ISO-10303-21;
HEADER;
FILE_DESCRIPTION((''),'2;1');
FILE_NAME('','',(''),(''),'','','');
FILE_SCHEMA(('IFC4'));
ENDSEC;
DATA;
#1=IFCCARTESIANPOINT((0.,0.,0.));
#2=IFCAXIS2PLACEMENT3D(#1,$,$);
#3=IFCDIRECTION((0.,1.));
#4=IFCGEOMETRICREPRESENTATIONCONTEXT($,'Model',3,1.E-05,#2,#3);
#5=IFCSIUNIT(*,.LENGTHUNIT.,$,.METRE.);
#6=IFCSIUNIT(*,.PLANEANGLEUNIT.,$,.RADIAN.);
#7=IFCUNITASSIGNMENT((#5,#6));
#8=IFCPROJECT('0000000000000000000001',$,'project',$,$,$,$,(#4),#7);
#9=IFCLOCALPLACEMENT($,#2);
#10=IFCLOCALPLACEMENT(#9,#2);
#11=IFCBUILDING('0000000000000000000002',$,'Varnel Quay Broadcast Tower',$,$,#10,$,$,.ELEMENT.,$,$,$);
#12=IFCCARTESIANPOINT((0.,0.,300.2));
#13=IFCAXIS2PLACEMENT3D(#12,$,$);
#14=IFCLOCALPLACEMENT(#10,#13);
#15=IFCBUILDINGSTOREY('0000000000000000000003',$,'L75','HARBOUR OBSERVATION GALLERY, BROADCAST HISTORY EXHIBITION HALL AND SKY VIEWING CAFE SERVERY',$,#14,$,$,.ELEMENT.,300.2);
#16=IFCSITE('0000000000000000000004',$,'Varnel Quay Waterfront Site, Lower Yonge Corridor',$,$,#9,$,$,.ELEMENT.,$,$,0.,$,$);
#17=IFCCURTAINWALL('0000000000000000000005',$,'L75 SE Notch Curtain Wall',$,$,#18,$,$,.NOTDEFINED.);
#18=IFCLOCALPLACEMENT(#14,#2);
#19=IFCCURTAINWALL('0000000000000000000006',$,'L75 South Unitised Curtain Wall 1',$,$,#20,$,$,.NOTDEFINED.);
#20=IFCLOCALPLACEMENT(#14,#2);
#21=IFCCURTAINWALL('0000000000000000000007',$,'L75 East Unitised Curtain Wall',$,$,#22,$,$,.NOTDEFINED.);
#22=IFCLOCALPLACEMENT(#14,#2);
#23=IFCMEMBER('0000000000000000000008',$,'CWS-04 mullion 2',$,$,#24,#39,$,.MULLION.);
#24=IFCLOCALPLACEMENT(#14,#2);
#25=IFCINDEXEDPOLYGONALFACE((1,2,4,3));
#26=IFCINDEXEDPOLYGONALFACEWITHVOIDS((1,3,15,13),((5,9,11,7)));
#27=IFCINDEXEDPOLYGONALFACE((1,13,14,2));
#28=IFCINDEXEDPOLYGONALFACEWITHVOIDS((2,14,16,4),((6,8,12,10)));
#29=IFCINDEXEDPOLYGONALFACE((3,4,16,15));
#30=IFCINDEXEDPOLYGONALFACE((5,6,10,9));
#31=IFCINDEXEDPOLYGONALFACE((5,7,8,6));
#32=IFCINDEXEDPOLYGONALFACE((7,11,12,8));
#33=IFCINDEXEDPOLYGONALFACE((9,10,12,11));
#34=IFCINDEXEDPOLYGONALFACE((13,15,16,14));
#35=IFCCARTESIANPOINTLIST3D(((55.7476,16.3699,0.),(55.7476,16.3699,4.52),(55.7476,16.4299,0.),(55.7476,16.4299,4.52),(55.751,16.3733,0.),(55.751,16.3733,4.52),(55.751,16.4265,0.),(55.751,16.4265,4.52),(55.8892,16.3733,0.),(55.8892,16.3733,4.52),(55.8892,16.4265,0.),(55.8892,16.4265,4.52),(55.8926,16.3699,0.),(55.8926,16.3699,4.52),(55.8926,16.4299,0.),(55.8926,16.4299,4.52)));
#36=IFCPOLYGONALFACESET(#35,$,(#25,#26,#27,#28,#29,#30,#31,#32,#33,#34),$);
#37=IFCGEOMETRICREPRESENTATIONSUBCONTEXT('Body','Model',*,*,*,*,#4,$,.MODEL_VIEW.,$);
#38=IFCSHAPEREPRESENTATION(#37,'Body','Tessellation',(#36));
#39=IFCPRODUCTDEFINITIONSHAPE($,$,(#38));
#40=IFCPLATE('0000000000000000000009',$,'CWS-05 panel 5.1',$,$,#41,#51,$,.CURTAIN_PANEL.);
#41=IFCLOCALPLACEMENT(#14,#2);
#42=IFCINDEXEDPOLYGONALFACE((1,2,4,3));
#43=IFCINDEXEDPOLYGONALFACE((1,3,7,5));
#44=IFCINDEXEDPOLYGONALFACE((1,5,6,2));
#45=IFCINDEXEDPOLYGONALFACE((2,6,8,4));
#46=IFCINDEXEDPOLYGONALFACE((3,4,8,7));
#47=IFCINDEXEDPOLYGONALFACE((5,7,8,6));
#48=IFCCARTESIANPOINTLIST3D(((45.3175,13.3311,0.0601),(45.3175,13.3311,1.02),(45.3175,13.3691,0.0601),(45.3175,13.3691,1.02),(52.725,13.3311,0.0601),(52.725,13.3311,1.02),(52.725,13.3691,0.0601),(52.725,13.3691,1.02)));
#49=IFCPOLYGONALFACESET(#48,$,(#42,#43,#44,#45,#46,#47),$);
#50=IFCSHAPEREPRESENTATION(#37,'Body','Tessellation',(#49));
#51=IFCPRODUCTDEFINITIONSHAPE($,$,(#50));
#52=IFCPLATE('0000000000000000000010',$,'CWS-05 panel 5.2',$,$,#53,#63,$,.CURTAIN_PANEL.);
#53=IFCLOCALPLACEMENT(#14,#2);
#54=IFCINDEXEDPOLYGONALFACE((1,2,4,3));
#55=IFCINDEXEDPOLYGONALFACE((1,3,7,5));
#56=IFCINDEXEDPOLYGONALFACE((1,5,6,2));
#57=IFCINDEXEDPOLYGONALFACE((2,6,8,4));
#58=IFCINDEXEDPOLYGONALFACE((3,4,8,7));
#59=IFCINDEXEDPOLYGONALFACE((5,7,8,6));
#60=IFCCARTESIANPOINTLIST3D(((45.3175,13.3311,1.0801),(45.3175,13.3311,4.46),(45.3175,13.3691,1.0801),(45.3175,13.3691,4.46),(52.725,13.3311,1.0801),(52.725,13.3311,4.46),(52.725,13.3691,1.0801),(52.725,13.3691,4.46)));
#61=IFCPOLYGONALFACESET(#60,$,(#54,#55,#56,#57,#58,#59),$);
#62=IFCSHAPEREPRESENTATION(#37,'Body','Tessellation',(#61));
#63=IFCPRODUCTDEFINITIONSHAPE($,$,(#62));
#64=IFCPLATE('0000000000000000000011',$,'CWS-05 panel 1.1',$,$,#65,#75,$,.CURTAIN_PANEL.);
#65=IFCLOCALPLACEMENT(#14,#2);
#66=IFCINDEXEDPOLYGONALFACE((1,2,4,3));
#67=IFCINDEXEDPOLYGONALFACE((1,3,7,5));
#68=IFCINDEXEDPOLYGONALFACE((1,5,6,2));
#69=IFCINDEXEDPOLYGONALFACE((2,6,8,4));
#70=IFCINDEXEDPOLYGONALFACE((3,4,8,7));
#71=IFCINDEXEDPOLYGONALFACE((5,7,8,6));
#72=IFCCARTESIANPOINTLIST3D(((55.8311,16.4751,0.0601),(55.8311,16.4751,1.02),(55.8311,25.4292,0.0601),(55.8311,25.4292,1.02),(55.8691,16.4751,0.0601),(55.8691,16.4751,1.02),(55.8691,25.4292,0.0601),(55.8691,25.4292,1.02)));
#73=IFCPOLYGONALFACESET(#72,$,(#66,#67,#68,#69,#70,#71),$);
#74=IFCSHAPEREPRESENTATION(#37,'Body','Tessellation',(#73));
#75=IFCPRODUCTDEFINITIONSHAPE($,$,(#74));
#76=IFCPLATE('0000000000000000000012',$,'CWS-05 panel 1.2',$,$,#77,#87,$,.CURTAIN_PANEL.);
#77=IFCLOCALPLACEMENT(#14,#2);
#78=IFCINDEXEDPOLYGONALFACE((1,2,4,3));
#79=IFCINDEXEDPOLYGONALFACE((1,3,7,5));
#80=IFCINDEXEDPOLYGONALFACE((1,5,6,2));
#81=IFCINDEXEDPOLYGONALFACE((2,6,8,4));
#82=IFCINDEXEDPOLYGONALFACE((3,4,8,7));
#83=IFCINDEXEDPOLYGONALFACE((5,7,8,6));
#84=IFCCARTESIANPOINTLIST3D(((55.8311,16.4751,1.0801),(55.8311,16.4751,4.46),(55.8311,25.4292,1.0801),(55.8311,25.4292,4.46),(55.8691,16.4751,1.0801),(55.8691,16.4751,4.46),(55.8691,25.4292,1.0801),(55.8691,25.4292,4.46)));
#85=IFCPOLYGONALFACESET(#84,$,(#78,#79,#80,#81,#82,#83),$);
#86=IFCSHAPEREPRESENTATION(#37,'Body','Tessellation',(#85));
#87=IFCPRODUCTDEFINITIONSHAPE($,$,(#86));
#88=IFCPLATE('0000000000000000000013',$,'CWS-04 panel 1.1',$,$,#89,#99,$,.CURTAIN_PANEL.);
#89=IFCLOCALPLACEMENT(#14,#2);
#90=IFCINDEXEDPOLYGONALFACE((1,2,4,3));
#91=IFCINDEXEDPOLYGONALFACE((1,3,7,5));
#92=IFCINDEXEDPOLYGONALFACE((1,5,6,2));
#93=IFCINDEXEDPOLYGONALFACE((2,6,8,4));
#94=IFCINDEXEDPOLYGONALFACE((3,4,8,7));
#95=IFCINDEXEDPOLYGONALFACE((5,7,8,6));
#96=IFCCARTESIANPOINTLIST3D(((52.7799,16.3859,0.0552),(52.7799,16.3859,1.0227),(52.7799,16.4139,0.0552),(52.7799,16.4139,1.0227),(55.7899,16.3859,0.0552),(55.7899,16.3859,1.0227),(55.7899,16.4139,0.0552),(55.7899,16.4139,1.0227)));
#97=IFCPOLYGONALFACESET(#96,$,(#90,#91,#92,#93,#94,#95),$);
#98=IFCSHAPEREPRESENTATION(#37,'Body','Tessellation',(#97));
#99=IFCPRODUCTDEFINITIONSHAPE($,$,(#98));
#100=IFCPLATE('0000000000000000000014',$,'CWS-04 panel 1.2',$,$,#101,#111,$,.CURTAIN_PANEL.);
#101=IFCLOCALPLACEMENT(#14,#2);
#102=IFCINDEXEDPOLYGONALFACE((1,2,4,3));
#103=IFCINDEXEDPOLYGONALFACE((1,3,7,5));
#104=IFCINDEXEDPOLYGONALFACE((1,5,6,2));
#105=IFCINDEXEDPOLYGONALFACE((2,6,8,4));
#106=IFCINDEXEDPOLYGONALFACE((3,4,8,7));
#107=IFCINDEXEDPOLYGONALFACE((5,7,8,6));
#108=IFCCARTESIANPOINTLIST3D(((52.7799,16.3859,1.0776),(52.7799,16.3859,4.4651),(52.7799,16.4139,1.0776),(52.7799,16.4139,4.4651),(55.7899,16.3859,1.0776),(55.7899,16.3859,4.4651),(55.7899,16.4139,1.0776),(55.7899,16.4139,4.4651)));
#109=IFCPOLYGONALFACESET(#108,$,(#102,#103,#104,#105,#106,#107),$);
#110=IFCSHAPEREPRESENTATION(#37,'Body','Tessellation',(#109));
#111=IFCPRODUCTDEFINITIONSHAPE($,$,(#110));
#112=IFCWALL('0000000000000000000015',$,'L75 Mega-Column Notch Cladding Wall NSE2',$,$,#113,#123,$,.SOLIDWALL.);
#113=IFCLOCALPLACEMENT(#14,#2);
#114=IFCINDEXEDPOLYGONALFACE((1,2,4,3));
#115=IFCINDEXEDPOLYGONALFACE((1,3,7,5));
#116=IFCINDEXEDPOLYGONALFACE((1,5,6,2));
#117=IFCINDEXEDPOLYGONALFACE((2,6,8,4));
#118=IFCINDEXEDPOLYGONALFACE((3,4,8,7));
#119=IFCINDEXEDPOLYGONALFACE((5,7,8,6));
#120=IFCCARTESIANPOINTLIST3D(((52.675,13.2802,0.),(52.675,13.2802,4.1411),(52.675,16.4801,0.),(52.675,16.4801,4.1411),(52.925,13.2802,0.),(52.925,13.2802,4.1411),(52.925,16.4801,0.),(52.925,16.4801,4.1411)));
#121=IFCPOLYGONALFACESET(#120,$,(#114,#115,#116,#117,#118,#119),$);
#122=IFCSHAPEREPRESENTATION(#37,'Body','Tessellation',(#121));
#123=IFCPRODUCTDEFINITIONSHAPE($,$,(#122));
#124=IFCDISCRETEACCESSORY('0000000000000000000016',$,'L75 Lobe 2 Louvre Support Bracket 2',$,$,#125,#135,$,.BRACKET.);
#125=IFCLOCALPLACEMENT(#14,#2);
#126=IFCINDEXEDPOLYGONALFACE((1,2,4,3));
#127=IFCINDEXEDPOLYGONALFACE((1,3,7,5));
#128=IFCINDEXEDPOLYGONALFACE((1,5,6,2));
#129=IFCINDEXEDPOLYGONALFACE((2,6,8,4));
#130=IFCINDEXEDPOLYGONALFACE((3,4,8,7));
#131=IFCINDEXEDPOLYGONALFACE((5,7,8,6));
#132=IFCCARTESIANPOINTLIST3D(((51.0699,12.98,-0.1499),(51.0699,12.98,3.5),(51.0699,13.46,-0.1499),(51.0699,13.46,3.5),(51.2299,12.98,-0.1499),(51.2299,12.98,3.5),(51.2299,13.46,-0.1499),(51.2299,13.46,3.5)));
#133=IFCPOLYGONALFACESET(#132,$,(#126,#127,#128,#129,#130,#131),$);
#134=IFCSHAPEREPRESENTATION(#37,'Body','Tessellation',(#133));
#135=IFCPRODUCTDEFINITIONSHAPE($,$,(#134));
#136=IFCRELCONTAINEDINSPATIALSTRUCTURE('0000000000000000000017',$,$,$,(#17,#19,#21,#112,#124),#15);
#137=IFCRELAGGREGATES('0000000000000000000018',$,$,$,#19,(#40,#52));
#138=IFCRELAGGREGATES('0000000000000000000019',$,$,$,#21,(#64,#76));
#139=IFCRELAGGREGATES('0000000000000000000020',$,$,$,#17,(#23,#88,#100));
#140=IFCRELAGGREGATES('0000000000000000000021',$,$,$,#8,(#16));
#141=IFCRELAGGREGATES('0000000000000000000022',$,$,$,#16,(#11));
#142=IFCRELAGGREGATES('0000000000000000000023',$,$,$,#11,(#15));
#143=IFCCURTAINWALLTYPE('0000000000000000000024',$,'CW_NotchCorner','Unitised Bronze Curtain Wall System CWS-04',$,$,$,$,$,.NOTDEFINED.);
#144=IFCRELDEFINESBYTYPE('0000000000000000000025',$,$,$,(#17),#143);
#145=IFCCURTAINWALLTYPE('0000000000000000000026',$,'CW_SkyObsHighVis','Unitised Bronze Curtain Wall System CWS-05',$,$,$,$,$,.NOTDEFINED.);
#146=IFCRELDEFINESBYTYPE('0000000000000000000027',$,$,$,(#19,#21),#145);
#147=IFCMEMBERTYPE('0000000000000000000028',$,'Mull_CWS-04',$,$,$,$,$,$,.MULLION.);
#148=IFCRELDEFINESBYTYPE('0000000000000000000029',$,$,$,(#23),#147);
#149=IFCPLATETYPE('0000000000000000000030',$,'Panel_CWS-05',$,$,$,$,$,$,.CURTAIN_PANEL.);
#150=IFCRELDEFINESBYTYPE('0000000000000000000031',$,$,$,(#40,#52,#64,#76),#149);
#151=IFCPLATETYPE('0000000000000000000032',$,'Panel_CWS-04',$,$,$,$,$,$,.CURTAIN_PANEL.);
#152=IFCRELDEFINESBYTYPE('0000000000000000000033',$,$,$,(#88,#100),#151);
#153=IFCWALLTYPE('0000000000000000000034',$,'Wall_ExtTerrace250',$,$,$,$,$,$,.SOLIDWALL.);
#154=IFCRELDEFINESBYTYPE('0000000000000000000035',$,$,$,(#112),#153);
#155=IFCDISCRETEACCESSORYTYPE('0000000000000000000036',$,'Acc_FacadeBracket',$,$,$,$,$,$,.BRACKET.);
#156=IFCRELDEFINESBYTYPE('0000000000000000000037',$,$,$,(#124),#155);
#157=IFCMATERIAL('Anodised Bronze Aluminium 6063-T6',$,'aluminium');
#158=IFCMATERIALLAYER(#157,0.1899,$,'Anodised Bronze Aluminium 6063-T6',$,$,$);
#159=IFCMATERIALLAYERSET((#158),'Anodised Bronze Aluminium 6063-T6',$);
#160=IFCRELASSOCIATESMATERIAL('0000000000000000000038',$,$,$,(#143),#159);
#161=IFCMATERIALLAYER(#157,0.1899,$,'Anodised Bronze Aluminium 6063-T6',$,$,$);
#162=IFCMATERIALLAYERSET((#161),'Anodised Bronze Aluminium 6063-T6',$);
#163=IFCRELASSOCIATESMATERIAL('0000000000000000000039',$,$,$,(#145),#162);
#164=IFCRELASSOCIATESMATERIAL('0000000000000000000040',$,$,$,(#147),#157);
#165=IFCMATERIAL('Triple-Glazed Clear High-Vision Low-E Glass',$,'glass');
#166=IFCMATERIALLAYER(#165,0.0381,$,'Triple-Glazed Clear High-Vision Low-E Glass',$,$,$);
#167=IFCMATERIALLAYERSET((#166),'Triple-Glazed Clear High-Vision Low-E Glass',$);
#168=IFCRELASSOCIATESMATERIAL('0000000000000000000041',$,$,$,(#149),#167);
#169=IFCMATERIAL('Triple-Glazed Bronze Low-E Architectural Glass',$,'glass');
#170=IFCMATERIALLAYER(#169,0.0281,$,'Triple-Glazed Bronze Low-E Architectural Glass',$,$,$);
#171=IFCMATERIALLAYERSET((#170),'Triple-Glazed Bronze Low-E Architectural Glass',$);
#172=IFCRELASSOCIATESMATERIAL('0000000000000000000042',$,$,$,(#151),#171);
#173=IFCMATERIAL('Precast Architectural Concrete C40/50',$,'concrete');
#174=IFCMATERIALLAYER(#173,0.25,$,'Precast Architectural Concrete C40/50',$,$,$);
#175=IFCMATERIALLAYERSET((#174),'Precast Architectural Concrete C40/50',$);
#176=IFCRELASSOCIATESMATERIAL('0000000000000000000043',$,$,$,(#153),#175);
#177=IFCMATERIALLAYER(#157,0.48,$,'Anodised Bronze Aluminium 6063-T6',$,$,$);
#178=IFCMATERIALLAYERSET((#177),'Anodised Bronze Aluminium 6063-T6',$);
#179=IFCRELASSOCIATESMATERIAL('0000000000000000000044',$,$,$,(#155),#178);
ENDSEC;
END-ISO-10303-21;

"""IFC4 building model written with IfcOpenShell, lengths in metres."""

from ifc_helpers import new_model, si_unit, direction, frame, frame_2d, origin, origin_2d, place, context, subcontext, project, spatial, rectangle, hollow_rectangle, extrude, source, transform, mapped, material, layer, layer_set, material_profile, profile_set, type_object, type_shapes, element, aggregate, save


model = new_model("IFC4")

# Units and contexts
model_context = context("Model", 3, precision=1e-05, world=origin(), true_north=direction((0.0, 1.0)))
body_context = subcontext(model_context, "Body", "Model", "MODEL_VIEW")
ifc_project = project(units=[si_unit("LENGTHUNIT", "METRE"), si_unit("PLANEANGLEUNIT", "RADIAN")], contexts=[model_context])

# Site, building, storey
site_placement = place(None, origin())
site = spatial("IfcSite", under=ifc_project, at=site_placement, Name="Varnel Quay Waterfront Site, Lower Yonge Corridor", CompositionType="ELEMENT", RefElevation=0.0)
building_placement = place(site_placement, origin())
building = spatial("IfcBuilding", under=site, at=building_placement, Name="Varnel Quay Broadcast Tower", CompositionType="ELEMENT")
storey_placement = place(building_placement, frame((0.0, 0.0, 300.2)))
storey = spatial("IfcBuildingStorey", under=building, at=storey_placement, Name="L75", Description="HARBOUR OBSERVATION GALLERY, BROADCAST HISTORY EXHIBITION HALL AND SKY VIEWING CAFE SERVERY", CompositionType="ELEMENT", Elevation=300.2)

# Curtain wall
ifc_material_1 = material(Name="Anodised Bronze Aluminium 6063-T6", Category="aluminium")
ifc_layer_1 = layer(ifc_material_1, 0.1899, Name="Anodised Bronze Aluminium 6063-T6")
ifc_layer_set_1 = layer_set([ifc_layer_1], Name="Anodised Bronze Aluminium 6063-T6")
curtain_wall_type_1 = type_object("IfcCurtainWallType", Name="CW_NotchCorner", Description="Unitised Bronze Curtain Wall System CWS-04", PredefinedType="NOTDEFINED", material=ifc_layer_set_1)
curtain_wall_1_placement = place(storey_placement, origin())
curtain_wall_1 = element("IfcCurtainWall", 1, at=curtain_wall_1_placement, inside=storey, type_object=curtain_wall_type_1, Name="L75 SE Notch Curtain Wall", PredefinedType="NOTDEFINED")

# Curtain wall
ifc_layer_2 = layer(ifc_material_1, 0.1899, Name="Anodised Bronze Aluminium 6063-T6")
ifc_layer_set_2 = layer_set([ifc_layer_2], Name="Anodised Bronze Aluminium 6063-T6")
curtain_wall_type_2 = type_object("IfcCurtainWallType", Name="CW_SkyObsHighVis", Description="Unitised Bronze Curtain Wall System CWS-05", PredefinedType="NOTDEFINED", material=ifc_layer_set_2)
curtain_wall_2_placement = place(storey_placement, origin())
curtain_wall_2 = element("IfcCurtainWall", 2, at=curtain_wall_2_placement, inside=storey, type_object=curtain_wall_type_2, Name="L75 South Unitised Curtain Wall 1", PredefinedType="NOTDEFINED")

# Curtain wall
curtain_wall_3_placement = place(storey_placement, origin())
curtain_wall_3 = element("IfcCurtainWall", 3, at=curtain_wall_3_placement, inside=storey, type_object=curtain_wall_type_2, Name="L75 East Unitised Curtain Wall", PredefinedType="NOTDEFINED")

# Member
ifc_material_profile_1 = material_profile(ifc_material_1, hollow_rectangle(XDim=0.0601, YDim=0.145, WallThickness=0.0034, at=origin_2d()), Name="ALU60X145X3.5")
ifc_profile_set_1 = profile_set([ifc_material_profile_1], Name="Anodised Bronze Aluminium 6063-T6")
member_type_1 = type_object("IfcMemberType", Name="Mull_CWS-04", PredefinedType="MULLION", material=ifc_profile_set_1)
shared_shape_1 = source(origin(), body_context, "Body", "SweptSolid", [
    extrude(hollow_rectangle(XDim=0.0601, YDim=0.145, WallThickness=0.0034, at=origin_2d()), origin(), (0.0, 0.0, 1.0), 4.52),
])
type_shapes(member_type_1, [shared_shape_1])
member_1_placement = place(storey_placement, frame((55.8201, 16.3999, 0.0), z_axis=(0.0, 0.0, 1.0), x_axis=(0.0, 1.0, 0.0)))
member_1 = element("IfcMember", 4, at=member_1_placement, type_object=member_type_1, Name="CWS-04 mullion 2", PredefinedType="MULLION", context=body_context, shape_type="MappedRepresentation", body=[
    mapped(shared_shape_1, transform((0.0, 0.0, 0.0), x_axis=(1.0, 0.0, 0.0), y_axis=(0.0, 1.0, 0.0), z_axis=(0.0, 0.0, 1.0), scale=1.0)),
])

# Plates
ifc_material_2 = material(Name="Triple-Glazed Clear High-Vision Low-E Glass", Category="glass")
ifc_layer_3 = layer(ifc_material_2, 0.0381, Name="Triple-Glazed Clear High-Vision Low-E Glass")
ifc_layer_set_3 = layer_set([ifc_layer_3], Name="Triple-Glazed Clear High-Vision Low-E Glass")
plate_type_1 = type_object("IfcPlateType", Name="Panel_CWS-05", PredefinedType="CURTAIN_PANEL", material=ifc_layer_set_3)
shared_shape_2 = source(origin(), body_context, "Body", "SweptSolid", [
    extrude(rectangle(XDim=7.4075, YDim=0.0381, at=origin_2d()), origin(), (0.0, 0.0, 1.0), 0.96),
])
plate_1_placement = place(storey_placement, frame((49.0212, 13.3501, 0.0601), z_axis=(0.0, 0.0, 1.0), x_axis=(1.0, 0.0, 0.0)))
plate_1 = element("IfcPlate", 5, at=plate_1_placement, type_object=plate_type_1, Name="CWS-05 panel 5.1", PredefinedType="CURTAIN_PANEL", context=body_context, shape_type="MappedRepresentation", body=[
    mapped(shared_shape_2, transform((0.0, 0.0, 0.0), x_axis=(1.0, 0.0, 0.0), y_axis=(0.0, 1.0, 0.0), z_axis=(0.0, 0.0, 1.0), scale=1.0)),
])
shared_shape_3 = source(origin(), body_context, "Body", "SweptSolid", [
    extrude(rectangle(XDim=7.4075, YDim=0.0381, at=origin_2d()), origin(), (0.0, 0.0, 1.0), 3.3799),
])
plate_2_placement = place(storey_placement, frame((49.0212, 13.3501, 1.0801), z_axis=(0.0, 0.0, 1.0), x_axis=(1.0, 0.0, 0.0)))
plate_2 = element("IfcPlate", 6, at=plate_2_placement, type_object=plate_type_1, Name="CWS-05 panel 5.2", PredefinedType="CURTAIN_PANEL", context=body_context, shape_type="MappedRepresentation", body=[
    mapped(shared_shape_3, transform((0.0, 0.0, 0.0), x_axis=(1.0, 0.0, 0.0), y_axis=(0.0, 1.0, 0.0), z_axis=(0.0, 0.0, 1.0), scale=1.0)),
])
aggregate(curtain_wall_2, [plate_1, plate_2])
shared_shape_4 = source(origin(), body_context, "Body", "SweptSolid", [
    extrude(rectangle(XDim=8.9541, YDim=0.0381, at=origin_2d()), origin(), (0.0, 0.0, 1.0), 0.96),
])
plate_3_placement = place(storey_placement, frame((55.8501, 20.9521, 0.0601), z_axis=(0.0, 0.0, 1.0), x_axis=(0.0, 1.0, 0.0)))
plate_3 = element("IfcPlate", 7, at=plate_3_placement, type_object=plate_type_1, Name="CWS-05 panel 1.1", PredefinedType="CURTAIN_PANEL", context=body_context, shape_type="MappedRepresentation", body=[
    mapped(shared_shape_4, transform((0.0, 0.0, 0.0), x_axis=(1.0, 0.0, 0.0), y_axis=(0.0, 1.0, 0.0), z_axis=(0.0, 0.0, 1.0), scale=1.0)),
])
shared_shape_5 = source(origin(), body_context, "Body", "SweptSolid", [
    extrude(rectangle(XDim=8.9541, YDim=0.0381, at=origin_2d()), origin(), (0.0, 0.0, 1.0), 3.3799),
])
type_shapes(plate_type_1, [shared_shape_2, shared_shape_3, shared_shape_4, shared_shape_5])
plate_4_placement = place(storey_placement, frame((55.8501, 20.9521, 1.0801), z_axis=(0.0, 0.0, 1.0), x_axis=(0.0, 1.0, 0.0)))
plate_4 = element("IfcPlate", 8, at=plate_4_placement, type_object=plate_type_1, Name="CWS-05 panel 1.2", PredefinedType="CURTAIN_PANEL", context=body_context, shape_type="MappedRepresentation", body=[
    mapped(shared_shape_5, transform((0.0, 0.0, 0.0), x_axis=(1.0, 0.0, 0.0), y_axis=(0.0, 1.0, 0.0), z_axis=(0.0, 0.0, 1.0), scale=1.0)),
])
aggregate(curtain_wall_3, [plate_3, plate_4])
ifc_material_3 = material(Name="Triple-Glazed Bronze Low-E Architectural Glass", Category="glass")
ifc_layer_4 = layer(ifc_material_3, 0.0281, Name="Triple-Glazed Bronze Low-E Architectural Glass")
ifc_layer_set_4 = layer_set([ifc_layer_4], Name="Triple-Glazed Bronze Low-E Architectural Glass")
plate_type_2 = type_object("IfcPlateType", Name="Panel_CWS-04", PredefinedType="CURTAIN_PANEL", material=ifc_layer_set_4)
shared_shape_6 = source(origin(), body_context, "Body", "SweptSolid", [
    extrude(rectangle(XDim=3.01, YDim=0.0281, at=origin_2d()), origin(), (0.0, 0.0, 1.0), 0.9675),
])
plate_5_placement = place(storey_placement, frame((54.2849, 16.3999, 0.0552), z_axis=(0.0, 0.0, 1.0), x_axis=(1.0, 0.0, 0.0)))
plate_5 = element("IfcPlate", 9, at=plate_5_placement, type_object=plate_type_2, Name="CWS-04 panel 1.1", PredefinedType="CURTAIN_PANEL", context=body_context, shape_type="MappedRepresentation", body=[
    mapped(shared_shape_6, transform((0.0, 0.0, 0.0), x_axis=(1.0, 0.0, 0.0), y_axis=(0.0, 1.0, 0.0), z_axis=(0.0, 0.0, 1.0), scale=1.0)),
])
shared_shape_7 = source(origin(), body_context, "Body", "SweptSolid", [
    extrude(rectangle(XDim=3.01, YDim=0.0281, at=origin_2d()), origin(), (0.0, 0.0, 1.0), 3.3875),
])
type_shapes(plate_type_2, [shared_shape_6, shared_shape_7])
plate_6_placement = place(storey_placement, frame((54.2849, 16.3999, 1.0776), z_axis=(0.0, 0.0, 1.0), x_axis=(1.0, 0.0, 0.0)))
plate_6 = element("IfcPlate", 10, at=plate_6_placement, type_object=plate_type_2, Name="CWS-04 panel 1.2", PredefinedType="CURTAIN_PANEL", context=body_context, shape_type="MappedRepresentation", body=[
    mapped(shared_shape_7, transform((0.0, 0.0, 0.0), x_axis=(1.0, 0.0, 0.0), y_axis=(0.0, 1.0, 0.0), z_axis=(0.0, 0.0, 1.0), scale=1.0)),
])
aggregate(curtain_wall_1, [member_1, plate_5, plate_6])

# Wall
ifc_material_4 = material(Name="Precast Architectural Concrete C40/50", Category="concrete")
ifc_layer_5 = layer(ifc_material_4, 0.25, Name="Precast Architectural Concrete C40/50")
ifc_layer_set_5 = layer_set([ifc_layer_5], Name="Precast Architectural Concrete C40/50")
wall_type = type_object("IfcWallType", Name="Wall_ExtTerrace250", PredefinedType="SOLIDWALL", material=ifc_layer_set_5)
wall_placement = place(storey_placement, frame((52.8, 13.28, 0.0), z_axis=(0.0, 0.0, 1.0), x_axis=(0.0, 1.0, 0.0)))
element("IfcWall", 11, at=wall_placement, inside=storey, type_object=wall_type, Name="L75 Mega-Column Notch Cladding Wall NSE2", PredefinedType="SOLIDWALL", context=body_context, shape_type="SweptSolid", body=[
    extrude(rectangle(XDim=3.2, YDim=0.25, at=frame_2d((1.6001, 0.0))), origin(), (0.0, 0.0, 1.0), 4.1411),
])

# Discrete accessory
ifc_layer_6 = layer(ifc_material_1, 0.48, Name="Anodised Bronze Aluminium 6063-T6")
ifc_layer_set_6 = layer_set([ifc_layer_6], Name="Anodised Bronze Aluminium 6063-T6")
discrete_accessory_type = type_object("IfcDiscreteAccessoryType", Name="Acc_FacadeBracket", PredefinedType="BRACKET", material=ifc_layer_set_6)
shared_shape_8 = source(origin(), body_context, "Body", "SweptSolid", [
    extrude(rectangle(XDim=0.1599, YDim=0.48, at=origin_2d()), origin(), (0.0, 0.0, 1.0), 3.6499),
])
type_shapes(discrete_accessory_type, [shared_shape_8])
discrete_accessory_placement = place(storey_placement, frame((51.1499, 13.22, -0.1499), z_axis=(0.0, 0.0, 1.0), x_axis=(1.0, 0.0, 0.0)))
element("IfcDiscreteAccessory", 12, at=discrete_accessory_placement, inside=storey, type_object=discrete_accessory_type, Name="L75 Lobe 2 Louvre Support Bracket 2", PredefinedType="BRACKET", context=body_context, shape_type="MappedRepresentation", body=[
    mapped(shared_shape_8, transform((0.0, 0.0, 0.0), x_axis=(1.0, 0.0, 0.0), y_axis=(0.0, 1.0, 0.0), z_axis=(0.0, 0.0, 1.0), scale=1.0)),
])

save(model, "model.ifc")
